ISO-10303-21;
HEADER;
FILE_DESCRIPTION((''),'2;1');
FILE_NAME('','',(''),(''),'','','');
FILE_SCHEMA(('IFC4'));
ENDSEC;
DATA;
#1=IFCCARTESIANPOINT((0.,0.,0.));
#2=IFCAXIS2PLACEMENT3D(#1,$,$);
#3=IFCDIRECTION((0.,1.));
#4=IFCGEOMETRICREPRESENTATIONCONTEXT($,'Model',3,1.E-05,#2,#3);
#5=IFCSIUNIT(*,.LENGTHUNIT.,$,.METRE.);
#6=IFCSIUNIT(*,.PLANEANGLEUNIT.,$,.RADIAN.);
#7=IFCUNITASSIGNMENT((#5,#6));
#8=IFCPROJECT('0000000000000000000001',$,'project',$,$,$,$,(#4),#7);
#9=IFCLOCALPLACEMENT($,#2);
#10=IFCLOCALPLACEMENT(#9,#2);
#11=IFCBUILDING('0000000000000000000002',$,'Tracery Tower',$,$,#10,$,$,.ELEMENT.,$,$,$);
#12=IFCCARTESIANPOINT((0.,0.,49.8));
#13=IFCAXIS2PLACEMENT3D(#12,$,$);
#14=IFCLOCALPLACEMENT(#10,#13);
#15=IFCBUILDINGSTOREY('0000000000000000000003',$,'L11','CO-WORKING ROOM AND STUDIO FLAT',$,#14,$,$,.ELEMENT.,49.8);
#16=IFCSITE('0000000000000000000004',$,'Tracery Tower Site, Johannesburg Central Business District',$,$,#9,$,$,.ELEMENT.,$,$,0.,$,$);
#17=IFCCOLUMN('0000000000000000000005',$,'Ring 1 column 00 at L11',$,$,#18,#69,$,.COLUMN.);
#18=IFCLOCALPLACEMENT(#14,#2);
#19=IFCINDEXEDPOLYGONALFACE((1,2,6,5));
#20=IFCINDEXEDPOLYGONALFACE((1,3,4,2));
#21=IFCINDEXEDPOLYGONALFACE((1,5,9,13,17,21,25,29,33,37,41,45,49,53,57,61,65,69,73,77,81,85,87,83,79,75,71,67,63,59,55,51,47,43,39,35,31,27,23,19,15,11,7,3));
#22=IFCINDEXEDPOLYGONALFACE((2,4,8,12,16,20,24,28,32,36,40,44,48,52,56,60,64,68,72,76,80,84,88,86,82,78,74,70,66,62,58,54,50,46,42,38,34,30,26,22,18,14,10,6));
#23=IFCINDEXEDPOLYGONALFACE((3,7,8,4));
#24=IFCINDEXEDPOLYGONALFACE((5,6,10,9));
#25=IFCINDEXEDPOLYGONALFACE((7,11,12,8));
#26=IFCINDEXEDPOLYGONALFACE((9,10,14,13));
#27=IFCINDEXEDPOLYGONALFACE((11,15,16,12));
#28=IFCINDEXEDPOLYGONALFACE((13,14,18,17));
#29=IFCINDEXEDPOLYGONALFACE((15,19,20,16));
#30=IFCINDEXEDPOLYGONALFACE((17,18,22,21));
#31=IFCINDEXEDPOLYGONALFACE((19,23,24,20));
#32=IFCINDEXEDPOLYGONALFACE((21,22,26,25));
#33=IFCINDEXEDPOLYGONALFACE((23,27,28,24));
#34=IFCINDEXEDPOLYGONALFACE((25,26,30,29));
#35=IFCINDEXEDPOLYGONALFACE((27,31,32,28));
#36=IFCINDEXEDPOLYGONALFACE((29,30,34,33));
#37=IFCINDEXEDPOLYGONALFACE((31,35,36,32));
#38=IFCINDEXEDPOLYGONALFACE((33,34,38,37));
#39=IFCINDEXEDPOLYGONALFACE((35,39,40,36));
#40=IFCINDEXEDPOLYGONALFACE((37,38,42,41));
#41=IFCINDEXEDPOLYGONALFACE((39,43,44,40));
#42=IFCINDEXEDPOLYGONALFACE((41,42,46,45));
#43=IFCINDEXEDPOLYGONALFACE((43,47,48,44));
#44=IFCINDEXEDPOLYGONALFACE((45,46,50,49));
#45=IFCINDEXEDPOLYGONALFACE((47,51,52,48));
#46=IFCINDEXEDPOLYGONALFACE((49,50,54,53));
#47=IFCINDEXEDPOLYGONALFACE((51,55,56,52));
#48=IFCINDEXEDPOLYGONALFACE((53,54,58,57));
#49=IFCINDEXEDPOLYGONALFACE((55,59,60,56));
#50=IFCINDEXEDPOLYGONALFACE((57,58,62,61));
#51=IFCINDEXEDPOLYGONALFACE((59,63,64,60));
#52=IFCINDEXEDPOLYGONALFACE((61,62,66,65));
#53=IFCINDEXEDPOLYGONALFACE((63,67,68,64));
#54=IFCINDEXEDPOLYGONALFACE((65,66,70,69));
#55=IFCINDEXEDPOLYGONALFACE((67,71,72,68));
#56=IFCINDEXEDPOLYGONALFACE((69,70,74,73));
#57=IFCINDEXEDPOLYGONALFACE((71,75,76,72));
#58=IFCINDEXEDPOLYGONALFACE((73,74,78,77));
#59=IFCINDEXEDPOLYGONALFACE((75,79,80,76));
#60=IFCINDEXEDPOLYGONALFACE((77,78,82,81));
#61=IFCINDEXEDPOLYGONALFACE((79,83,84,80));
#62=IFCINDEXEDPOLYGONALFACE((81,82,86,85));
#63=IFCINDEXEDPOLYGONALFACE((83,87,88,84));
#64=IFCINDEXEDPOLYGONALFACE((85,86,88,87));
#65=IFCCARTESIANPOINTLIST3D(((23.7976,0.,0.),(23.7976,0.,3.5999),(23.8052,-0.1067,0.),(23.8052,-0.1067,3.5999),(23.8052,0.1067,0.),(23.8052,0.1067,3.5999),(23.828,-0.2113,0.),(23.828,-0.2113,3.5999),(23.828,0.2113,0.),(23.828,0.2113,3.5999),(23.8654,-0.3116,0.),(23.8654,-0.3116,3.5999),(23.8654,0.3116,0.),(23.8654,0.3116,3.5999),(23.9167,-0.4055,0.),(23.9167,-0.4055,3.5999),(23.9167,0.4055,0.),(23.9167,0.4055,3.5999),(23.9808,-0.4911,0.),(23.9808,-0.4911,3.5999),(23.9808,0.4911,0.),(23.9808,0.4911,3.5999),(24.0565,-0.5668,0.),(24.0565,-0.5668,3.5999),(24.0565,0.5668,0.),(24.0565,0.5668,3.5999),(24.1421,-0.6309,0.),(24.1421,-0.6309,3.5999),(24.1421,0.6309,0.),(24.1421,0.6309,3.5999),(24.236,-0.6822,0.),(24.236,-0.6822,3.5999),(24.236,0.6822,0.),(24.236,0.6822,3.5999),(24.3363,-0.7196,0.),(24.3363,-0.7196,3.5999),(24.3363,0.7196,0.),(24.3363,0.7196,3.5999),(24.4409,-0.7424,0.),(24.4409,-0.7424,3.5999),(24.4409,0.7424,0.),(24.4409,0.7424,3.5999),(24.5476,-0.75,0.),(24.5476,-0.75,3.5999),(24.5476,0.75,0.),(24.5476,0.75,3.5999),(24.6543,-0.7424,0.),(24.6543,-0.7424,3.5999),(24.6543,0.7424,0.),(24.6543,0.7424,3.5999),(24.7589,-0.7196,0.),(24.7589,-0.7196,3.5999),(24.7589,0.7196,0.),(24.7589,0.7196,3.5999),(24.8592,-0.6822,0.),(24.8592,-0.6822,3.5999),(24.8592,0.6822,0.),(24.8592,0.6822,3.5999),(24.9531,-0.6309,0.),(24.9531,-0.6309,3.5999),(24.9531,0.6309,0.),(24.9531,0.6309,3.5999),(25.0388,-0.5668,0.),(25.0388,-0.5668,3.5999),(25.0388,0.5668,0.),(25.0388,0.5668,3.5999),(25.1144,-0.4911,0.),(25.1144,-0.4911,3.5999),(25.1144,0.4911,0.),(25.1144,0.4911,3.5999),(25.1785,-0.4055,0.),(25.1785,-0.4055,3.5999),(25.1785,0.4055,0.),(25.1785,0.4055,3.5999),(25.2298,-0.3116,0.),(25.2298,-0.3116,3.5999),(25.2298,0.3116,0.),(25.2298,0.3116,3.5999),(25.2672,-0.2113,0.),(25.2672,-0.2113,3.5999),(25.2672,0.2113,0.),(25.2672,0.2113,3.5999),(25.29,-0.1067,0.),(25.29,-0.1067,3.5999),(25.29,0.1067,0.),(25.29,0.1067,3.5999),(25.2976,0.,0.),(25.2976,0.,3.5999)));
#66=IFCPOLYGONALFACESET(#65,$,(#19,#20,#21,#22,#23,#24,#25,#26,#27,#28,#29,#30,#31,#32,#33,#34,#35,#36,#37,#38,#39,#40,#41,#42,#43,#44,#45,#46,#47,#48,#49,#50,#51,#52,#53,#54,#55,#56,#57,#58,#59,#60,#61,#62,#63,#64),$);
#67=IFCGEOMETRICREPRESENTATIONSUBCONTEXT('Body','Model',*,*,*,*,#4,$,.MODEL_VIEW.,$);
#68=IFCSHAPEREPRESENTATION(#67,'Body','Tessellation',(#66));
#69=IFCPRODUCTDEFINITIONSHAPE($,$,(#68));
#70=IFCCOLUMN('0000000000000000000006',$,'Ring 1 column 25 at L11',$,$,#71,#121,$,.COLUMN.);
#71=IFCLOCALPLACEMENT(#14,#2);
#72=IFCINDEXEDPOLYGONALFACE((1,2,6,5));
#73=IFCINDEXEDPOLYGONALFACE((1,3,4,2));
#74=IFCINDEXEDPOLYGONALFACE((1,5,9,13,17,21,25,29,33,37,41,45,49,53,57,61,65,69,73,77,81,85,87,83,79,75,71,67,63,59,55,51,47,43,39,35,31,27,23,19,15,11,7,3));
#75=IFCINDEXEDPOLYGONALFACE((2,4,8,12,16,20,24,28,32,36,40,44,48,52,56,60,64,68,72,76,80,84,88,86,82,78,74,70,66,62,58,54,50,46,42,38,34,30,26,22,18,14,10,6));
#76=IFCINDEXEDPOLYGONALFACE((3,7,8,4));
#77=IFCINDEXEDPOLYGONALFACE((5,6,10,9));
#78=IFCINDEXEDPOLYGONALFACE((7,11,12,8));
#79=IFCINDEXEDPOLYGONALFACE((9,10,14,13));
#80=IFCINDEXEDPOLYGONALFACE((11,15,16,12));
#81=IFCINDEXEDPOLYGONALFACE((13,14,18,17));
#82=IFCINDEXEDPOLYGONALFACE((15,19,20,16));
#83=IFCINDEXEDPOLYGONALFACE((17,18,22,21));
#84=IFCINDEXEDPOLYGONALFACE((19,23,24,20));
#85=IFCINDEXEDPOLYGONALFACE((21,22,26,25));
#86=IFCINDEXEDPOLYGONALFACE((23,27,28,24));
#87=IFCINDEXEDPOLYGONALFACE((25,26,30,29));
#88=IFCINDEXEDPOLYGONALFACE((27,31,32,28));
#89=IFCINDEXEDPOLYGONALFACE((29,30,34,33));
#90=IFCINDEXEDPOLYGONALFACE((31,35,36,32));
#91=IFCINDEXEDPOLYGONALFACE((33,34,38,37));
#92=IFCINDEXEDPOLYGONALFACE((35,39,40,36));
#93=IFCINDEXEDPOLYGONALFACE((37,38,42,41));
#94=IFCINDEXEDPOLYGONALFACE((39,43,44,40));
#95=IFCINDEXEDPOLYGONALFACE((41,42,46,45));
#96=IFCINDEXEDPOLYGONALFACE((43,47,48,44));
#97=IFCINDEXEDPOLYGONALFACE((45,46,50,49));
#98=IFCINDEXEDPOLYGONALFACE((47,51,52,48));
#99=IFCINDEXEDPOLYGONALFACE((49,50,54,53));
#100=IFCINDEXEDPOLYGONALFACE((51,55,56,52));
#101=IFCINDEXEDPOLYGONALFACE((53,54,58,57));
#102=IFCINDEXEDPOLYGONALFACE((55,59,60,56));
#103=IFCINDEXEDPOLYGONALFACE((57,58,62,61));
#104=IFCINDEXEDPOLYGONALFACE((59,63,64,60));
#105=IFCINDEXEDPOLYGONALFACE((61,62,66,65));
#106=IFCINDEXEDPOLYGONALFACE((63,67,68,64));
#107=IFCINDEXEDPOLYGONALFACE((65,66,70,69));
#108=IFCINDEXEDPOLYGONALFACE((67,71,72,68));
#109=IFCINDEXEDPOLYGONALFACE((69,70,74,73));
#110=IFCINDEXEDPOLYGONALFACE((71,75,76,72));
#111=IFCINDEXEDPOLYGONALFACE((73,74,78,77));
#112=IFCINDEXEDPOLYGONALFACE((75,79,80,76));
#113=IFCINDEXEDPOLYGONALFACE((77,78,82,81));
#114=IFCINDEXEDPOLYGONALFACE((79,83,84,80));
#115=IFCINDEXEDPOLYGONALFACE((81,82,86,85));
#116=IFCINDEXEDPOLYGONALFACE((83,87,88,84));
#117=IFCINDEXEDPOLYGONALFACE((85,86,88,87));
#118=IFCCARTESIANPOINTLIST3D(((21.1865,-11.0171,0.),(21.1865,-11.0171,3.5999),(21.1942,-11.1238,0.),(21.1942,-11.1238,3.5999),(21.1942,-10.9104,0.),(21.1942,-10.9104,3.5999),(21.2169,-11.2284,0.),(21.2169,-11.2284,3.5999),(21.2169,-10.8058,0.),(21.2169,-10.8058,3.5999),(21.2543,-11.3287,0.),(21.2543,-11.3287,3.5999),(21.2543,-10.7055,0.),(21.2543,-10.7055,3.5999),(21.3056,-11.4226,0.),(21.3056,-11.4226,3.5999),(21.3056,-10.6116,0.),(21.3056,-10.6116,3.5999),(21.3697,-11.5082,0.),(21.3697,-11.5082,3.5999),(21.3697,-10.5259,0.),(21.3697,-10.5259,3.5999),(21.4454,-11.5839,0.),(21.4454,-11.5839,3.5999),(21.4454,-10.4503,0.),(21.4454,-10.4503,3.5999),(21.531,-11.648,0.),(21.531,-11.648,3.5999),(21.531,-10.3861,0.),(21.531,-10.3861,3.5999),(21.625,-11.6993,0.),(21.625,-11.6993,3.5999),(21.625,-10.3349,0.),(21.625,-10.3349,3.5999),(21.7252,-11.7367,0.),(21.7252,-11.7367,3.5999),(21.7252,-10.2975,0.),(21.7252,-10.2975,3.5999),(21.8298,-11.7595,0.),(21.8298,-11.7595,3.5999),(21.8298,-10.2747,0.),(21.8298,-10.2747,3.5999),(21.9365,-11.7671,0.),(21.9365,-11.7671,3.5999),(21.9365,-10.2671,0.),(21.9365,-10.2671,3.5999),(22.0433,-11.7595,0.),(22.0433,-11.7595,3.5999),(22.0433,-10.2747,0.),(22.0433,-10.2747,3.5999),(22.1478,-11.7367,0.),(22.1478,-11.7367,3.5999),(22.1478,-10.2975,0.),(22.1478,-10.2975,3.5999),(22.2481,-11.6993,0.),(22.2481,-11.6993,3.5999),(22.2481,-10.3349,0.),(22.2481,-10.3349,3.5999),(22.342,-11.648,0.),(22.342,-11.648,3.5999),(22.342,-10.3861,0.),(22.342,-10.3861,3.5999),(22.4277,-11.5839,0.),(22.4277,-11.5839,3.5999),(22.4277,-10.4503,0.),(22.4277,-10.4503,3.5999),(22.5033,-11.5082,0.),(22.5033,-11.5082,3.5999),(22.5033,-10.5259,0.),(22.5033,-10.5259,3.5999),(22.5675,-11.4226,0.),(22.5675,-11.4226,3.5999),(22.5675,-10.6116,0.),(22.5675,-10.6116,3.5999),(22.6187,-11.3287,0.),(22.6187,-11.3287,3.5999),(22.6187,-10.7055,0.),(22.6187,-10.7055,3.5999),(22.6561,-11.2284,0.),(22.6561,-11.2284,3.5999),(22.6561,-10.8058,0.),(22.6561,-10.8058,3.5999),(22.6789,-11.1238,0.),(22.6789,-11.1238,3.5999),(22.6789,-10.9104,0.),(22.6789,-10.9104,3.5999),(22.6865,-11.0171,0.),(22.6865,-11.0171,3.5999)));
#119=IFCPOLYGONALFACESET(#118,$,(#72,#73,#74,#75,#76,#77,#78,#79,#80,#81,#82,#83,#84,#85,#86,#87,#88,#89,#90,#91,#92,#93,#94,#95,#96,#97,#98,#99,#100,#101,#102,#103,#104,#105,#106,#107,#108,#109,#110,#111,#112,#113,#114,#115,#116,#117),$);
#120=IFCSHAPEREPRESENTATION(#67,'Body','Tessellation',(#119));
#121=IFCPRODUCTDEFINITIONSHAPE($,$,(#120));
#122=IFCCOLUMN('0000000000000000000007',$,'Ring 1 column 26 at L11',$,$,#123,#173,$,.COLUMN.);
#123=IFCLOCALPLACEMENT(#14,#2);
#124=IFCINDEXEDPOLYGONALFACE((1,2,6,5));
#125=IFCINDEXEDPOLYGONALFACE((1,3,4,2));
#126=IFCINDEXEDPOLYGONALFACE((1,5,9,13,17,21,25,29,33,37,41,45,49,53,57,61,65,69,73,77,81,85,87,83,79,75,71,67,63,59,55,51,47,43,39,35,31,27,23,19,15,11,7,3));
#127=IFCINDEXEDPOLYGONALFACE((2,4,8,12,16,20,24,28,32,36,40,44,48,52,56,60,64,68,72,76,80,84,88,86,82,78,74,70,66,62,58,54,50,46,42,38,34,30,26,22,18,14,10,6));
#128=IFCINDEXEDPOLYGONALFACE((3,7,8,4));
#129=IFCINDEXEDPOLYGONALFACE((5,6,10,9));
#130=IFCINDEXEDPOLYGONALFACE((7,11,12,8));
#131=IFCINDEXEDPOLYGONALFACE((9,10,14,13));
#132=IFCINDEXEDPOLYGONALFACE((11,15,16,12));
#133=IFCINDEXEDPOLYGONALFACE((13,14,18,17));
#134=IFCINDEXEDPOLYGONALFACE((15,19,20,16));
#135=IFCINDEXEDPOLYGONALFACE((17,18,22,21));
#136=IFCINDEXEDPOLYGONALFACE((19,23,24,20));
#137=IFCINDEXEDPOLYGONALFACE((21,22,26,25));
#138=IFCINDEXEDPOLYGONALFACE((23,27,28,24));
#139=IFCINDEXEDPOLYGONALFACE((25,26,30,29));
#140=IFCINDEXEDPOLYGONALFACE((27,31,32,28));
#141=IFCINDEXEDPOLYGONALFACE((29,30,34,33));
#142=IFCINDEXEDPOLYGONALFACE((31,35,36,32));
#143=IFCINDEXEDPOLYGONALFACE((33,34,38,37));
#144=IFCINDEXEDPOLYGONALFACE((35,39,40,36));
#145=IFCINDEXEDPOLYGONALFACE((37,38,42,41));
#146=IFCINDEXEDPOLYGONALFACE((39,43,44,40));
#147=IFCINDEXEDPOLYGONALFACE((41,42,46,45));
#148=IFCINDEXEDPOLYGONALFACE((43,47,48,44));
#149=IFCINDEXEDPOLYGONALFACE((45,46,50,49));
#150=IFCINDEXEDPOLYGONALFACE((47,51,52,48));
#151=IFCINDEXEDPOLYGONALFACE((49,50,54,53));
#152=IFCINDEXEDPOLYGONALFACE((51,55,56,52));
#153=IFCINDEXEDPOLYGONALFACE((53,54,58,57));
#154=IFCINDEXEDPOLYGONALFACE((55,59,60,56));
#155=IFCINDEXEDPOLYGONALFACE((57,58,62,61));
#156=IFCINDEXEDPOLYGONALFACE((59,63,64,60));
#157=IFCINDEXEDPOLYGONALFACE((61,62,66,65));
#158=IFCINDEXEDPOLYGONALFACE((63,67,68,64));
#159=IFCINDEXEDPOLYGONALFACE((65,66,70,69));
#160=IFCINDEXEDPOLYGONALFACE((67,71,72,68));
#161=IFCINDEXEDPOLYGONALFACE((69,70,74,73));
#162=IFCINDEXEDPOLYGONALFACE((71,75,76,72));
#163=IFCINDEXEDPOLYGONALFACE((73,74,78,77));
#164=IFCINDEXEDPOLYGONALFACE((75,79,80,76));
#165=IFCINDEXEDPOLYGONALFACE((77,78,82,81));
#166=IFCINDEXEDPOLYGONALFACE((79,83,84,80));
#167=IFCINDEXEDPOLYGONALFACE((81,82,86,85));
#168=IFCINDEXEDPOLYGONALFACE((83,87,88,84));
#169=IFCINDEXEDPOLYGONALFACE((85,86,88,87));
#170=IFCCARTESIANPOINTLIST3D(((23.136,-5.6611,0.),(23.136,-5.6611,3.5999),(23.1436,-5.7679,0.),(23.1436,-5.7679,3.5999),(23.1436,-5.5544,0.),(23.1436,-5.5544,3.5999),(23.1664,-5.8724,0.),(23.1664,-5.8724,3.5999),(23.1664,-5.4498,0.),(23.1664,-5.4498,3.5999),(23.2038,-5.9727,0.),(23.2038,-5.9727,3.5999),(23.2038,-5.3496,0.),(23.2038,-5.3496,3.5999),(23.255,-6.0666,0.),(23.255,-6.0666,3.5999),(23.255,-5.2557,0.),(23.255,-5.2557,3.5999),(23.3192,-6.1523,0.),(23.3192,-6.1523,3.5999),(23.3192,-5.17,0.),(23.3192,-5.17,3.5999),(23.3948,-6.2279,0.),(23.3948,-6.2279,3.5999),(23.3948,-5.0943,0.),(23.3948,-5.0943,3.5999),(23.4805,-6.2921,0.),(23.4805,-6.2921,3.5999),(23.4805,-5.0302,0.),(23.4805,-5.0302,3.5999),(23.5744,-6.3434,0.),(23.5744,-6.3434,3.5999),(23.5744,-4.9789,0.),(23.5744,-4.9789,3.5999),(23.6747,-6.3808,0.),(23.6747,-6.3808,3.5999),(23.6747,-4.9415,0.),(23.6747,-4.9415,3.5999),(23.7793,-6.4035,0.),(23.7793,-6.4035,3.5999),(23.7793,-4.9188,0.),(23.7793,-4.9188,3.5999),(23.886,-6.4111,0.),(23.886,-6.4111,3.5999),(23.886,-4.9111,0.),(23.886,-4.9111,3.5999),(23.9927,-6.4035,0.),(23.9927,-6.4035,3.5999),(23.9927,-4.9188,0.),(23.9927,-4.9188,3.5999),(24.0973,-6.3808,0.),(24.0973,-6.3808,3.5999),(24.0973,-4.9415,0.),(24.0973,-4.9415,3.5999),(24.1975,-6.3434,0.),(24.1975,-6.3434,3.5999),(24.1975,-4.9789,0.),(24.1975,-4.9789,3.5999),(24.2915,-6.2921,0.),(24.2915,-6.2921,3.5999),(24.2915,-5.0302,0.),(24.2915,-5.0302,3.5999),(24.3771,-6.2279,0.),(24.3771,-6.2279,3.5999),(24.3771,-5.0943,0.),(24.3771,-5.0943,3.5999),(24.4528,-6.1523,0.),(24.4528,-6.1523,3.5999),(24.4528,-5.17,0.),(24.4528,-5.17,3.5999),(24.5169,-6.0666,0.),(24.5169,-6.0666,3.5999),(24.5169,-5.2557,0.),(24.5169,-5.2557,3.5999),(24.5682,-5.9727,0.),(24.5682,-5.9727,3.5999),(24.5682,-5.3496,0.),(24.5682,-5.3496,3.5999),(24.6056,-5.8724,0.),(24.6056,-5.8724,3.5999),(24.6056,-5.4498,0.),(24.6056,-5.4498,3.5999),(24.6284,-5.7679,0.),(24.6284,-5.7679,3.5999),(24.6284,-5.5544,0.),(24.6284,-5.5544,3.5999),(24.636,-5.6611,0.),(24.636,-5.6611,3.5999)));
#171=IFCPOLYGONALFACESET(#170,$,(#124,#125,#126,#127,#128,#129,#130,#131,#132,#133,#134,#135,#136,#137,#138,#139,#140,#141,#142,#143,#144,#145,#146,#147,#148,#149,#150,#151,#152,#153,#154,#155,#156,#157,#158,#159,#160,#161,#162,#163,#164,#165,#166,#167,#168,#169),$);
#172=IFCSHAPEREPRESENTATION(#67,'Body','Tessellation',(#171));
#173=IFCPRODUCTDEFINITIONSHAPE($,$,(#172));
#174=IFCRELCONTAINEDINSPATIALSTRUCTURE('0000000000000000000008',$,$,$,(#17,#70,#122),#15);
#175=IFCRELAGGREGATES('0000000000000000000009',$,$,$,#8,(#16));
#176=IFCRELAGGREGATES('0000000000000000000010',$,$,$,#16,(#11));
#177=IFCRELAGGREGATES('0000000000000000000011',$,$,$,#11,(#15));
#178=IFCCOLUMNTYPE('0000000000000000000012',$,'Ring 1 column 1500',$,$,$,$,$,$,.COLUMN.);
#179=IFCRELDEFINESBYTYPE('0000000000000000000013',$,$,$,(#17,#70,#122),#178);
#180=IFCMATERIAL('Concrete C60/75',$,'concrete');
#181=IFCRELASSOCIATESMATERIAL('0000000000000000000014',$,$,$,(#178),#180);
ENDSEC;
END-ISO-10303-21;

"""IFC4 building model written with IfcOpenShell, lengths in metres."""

from ifc_helpers import new_model, si_unit, direction, frame, origin, origin_2d, place, context, subcontext, project, spatial, circle, extrude, material, material_profile, profile_set, type_object, element, save


model = new_model("IFC4")

# Units and contexts
model_context = context("Model", 3, precision=1e-05, world=origin(), true_north=direction((0.0, 1.0)))
body_context = subcontext(model_context, "Body", "Model", "MODEL_VIEW")
ifc_project = project(units=[si_unit("LENGTHUNIT", "METRE"), si_unit("PLANEANGLEUNIT", "RADIAN")], contexts=[model_context])

# Site, building, storey
site_placement = place(None, origin())
site = spatial("IfcSite", under=ifc_project, at=site_placement, Name="Tracery Tower Site, Johannesburg Central Business District", CompositionType="ELEMENT", RefElevation=0.0)
building_placement = place(site_placement, origin())
building = spatial("IfcBuilding", under=site, at=building_placement, Name="Tracery Tower", CompositionType="ELEMENT")
storey_placement = place(building_placement, frame((0.0, 0.0, 49.8)))
storey = spatial("IfcBuildingStorey", under=building, at=storey_placement, Name="L11", Description="CO-WORKING ROOM AND STUDIO FLAT", CompositionType="ELEMENT", Elevation=49.8)

# Columns
ifc_material_1 = material(Name="Concrete C60/75", Category="concrete")
ifc_material_profile_1 = material_profile(ifc_material_1, circle(Radius=0.75, at=origin_2d()), Name="RC D1500")
ifc_profile_set_1 = profile_set([ifc_material_profile_1], Name="Concrete C60/75")
column_type_1 = type_object("IfcColumnType", Name="Ring 1 column 1500", PredefinedType="COLUMN", material=ifc_profile_set_1)
for number, where, z_axis, x_axis, name in (
    (1, (24.5476, 0.0, 0.0), (0.0, 0.0, 1.0), (1.0, 0.0, 0.0), "Ring 1 column 00 at L11"),
    (2, (21.9365, -11.0171, 0.0), (0.0, 0.0, 1.0), (1.0, 0.0, 0.0), "Ring 1 column 25 at L11"),
    (3, (23.886, -5.6611, 0.0), (0.0, 0.0, 1.0), (1.0, 0.0, 0.0), "Ring 1 column 26 at L11"),
):
    element("IfcColumn", number, at=place(storey_placement, frame(where, z_axis=z_axis, x_axis=x_axis)), inside=storey, type_object=column_type_1, Name=name, PredefinedType="COLUMN", context=body_context, shape_type="SweptSolid", body=[
        extrude(circle(Radius=0.75, at=origin_2d()), origin(), (0.0, 0.0, 1.0), 3.5999),
    ])

save(model, "model.ifc")
